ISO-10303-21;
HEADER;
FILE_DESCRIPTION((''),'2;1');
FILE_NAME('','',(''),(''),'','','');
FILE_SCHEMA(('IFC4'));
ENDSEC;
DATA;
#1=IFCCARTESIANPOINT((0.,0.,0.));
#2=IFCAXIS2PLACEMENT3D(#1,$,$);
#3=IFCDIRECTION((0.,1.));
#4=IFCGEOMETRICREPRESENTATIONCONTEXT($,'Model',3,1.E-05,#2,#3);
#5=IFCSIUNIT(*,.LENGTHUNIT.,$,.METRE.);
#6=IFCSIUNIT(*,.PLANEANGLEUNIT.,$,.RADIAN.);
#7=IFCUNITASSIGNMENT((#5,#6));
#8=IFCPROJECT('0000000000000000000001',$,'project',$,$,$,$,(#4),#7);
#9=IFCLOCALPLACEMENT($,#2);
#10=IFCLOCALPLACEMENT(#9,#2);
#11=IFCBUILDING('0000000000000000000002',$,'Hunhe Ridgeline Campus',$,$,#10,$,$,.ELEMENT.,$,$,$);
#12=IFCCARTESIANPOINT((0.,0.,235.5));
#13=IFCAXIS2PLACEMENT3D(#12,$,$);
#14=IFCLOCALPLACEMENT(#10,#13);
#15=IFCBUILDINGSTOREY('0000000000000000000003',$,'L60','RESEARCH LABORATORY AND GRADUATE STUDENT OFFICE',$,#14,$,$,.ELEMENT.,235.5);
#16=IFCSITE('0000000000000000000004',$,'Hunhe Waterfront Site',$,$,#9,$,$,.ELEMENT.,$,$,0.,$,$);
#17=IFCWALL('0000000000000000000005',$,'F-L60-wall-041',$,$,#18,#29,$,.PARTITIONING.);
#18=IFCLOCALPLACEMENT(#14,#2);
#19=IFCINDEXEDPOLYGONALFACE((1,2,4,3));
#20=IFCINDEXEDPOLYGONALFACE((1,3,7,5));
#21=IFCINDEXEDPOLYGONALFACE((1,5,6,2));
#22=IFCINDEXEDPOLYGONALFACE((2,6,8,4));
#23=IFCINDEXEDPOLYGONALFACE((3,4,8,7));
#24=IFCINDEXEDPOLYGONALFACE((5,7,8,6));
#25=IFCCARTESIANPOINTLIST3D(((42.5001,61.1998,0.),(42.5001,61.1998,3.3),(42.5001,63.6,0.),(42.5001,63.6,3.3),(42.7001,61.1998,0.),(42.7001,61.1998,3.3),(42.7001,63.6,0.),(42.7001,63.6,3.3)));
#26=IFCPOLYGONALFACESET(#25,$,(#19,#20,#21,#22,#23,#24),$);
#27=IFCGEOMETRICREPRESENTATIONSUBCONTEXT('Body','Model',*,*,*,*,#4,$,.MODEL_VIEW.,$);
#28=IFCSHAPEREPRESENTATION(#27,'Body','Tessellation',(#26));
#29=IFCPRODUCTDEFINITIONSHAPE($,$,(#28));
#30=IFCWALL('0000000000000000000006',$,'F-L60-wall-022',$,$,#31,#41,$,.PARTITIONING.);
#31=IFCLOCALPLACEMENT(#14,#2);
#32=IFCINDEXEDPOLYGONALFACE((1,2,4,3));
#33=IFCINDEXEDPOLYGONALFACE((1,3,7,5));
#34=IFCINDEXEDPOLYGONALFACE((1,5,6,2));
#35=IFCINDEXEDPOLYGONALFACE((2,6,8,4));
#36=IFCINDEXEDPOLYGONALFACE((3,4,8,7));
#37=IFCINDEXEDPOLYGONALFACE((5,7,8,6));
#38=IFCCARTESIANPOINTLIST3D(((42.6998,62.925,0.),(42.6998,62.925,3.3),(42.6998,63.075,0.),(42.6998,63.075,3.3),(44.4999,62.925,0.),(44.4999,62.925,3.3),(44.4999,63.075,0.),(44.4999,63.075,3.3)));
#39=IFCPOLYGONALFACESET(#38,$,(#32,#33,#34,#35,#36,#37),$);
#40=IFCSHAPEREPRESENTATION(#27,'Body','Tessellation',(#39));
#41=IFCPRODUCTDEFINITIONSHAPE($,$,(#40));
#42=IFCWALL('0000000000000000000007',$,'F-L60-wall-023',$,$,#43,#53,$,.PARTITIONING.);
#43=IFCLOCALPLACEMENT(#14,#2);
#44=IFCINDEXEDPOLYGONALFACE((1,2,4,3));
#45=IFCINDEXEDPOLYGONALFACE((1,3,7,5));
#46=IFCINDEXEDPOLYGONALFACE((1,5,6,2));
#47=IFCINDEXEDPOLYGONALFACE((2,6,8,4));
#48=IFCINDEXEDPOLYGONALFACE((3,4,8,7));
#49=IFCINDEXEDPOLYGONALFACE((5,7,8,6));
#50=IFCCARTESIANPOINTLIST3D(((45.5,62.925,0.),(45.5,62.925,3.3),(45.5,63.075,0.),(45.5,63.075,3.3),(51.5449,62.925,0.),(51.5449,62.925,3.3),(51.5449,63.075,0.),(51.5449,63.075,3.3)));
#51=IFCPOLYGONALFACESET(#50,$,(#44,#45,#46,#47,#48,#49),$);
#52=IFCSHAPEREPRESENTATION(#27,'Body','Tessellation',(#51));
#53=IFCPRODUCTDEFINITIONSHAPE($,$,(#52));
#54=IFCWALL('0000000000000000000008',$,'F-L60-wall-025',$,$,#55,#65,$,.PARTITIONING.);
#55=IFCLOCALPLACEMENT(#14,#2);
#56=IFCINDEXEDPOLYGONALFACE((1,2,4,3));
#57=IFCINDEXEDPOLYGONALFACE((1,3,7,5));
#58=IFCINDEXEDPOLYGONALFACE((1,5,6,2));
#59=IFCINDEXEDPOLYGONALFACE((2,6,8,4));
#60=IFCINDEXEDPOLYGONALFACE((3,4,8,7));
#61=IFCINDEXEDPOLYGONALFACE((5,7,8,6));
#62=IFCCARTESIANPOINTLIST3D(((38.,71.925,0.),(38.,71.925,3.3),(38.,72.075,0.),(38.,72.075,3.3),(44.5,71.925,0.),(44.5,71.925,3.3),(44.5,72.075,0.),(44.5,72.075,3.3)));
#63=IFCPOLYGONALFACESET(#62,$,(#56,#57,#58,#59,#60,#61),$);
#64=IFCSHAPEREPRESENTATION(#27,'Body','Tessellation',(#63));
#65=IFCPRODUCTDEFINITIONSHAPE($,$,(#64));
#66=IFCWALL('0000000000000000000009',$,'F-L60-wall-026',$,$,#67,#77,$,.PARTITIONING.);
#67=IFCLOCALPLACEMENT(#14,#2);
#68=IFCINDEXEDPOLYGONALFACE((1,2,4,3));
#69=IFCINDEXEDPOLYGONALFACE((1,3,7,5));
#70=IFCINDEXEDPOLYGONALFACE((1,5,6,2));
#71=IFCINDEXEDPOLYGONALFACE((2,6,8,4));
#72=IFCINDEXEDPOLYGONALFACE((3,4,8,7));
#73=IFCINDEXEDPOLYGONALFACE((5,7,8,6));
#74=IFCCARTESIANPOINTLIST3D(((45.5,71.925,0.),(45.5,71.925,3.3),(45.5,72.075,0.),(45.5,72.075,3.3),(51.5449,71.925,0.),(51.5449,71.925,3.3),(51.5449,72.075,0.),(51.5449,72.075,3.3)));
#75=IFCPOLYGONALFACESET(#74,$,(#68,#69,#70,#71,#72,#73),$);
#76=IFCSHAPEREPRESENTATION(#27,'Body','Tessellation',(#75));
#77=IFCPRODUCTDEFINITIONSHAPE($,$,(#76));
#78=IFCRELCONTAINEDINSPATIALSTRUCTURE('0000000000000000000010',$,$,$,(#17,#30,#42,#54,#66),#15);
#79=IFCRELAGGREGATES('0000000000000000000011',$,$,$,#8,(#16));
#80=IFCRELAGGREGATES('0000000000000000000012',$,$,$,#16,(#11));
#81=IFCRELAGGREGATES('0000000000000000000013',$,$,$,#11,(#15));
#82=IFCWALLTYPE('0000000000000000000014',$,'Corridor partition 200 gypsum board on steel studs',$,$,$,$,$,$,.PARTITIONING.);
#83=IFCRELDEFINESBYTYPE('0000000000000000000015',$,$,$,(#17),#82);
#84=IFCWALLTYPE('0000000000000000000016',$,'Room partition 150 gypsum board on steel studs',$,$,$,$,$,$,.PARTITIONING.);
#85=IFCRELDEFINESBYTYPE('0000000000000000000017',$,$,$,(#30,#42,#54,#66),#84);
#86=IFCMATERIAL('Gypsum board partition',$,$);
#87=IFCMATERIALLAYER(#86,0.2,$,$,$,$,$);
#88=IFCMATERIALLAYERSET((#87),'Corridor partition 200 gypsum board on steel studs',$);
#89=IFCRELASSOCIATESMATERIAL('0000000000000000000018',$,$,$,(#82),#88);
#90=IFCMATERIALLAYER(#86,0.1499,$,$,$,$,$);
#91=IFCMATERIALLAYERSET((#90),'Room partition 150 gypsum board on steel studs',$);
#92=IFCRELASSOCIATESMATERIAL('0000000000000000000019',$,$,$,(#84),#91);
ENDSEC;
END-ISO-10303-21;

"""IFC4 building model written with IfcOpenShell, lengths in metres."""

from ifc_helpers import new_model, si_unit, direction, frame, frame_2d, origin, place, context, subcontext, project, spatial, rectangle, extrude, material, layer, layer_set, type_object, element, save


model = new_model("IFC4")

# Units and contexts
model_context = context("Model", 3, precision=1e-05, world=origin(), true_north=direction((0.0, 1.0)))
body_context = subcontext(model_context, "Body", "Model", "MODEL_VIEW")
ifc_project = project(units=[si_unit("LENGTHUNIT", "METRE"), si_unit("PLANEANGLEUNIT", "RADIAN")], contexts=[model_context])

# Site, building, storey
site_placement = place(None, origin())
site = spatial("IfcSite", under=ifc_project, at=site_placement, Name="Hunhe Waterfront Site", CompositionType="ELEMENT", RefElevation=0.0)
building_placement = place(site_placement, origin())
building = spatial("IfcBuilding", under=site, at=building_placement, Name="Hunhe Ridgeline Campus", CompositionType="ELEMENT")
storey_placement = place(building_placement, frame((0.0, 0.0, 235.5)))
storey = spatial("IfcBuildingStorey", under=building, at=storey_placement, Name="L60", Description="RESEARCH LABORATORY AND GRADUATE STUDENT OFFICE", CompositionType="ELEMENT", Elevation=235.5)

# Walls
ifc_material_1 = material(Name="Gypsum board partition")
ifc_layer_1 = layer(ifc_material_1, 0.2)
ifc_layer_set_1 = layer_set([ifc_layer_1], Name="Corridor partition 200 gypsum board on steel studs")
wall_type_1 = type_object("IfcWallType", Name="Corridor partition 200 gypsum board on steel studs", PredefinedType="PARTITIONING", material=ifc_layer_set_1)
wall_1_placement = place(storey_placement, frame((42.6001, 63.6001, 0.0), z_axis=(0.0, 0.0, 1.0), x_axis=(0.0, -1.0, 0.0)))
element("IfcWall", 1, at=wall_1_placement, inside=storey, type_object=wall_type_1, Name="F-L60-wall-041", PredefinedType="PARTITIONING", context=body_context, shape_type="SweptSolid", body=[
    extrude(rectangle(XDim=2.4001, YDim=0.2, at=frame_2d((1.2002, 0.0))), origin(), (0.0, 0.0, 1.0), 3.3),
])
ifc_layer_2 = layer(ifc_material_1, 0.1499)
ifc_layer_set_2 = layer_set([ifc_layer_2], Name="Room partition 150 gypsum board on steel studs")
wall_type_2 = type_object("IfcWallType", Name="Room partition 150 gypsum board on steel studs", PredefinedType="PARTITIONING", material=ifc_layer_set_2)
wall_2_placement = place(storey_placement, frame((42.7, 63.0, 0.0), z_axis=(0.0, 0.0, 1.0), x_axis=(1.0, 0.0, 0.0)))
element("IfcWall", 2, at=wall_2_placement, inside=storey, type_object=wall_type_2, Name="F-L60-wall-022", PredefinedType="PARTITIONING", context=body_context, shape_type="SweptSolid", body=[
    extrude(rectangle(XDim=1.8, YDim=0.1499, at=frame_2d((0.8999, 0.0))), origin(), (0.0, 0.0, 1.0), 3.3),
])
wall_3_placement = place(storey_placement, frame((45.5, 63.0, 0.0), z_axis=(0.0, 0.0, 1.0), x_axis=(1.0, 0.0, 0.0)))
element("IfcWall", 3, at=wall_3_placement, inside=storey, type_object=wall_type_2, Name="F-L60-wall-023", PredefinedType="PARTITIONING", context=body_context, shape_type="SweptSolid", body=[
    extrude(rectangle(XDim=6.0449, YDim=0.1499, at=frame_2d((3.0225, 0.0))), origin(), (0.0, 0.0, 1.0), 3.3),
])
wall_4_placement = place(storey_placement, frame((38.0, 72.0, 0.0), z_axis=(0.0, 0.0, 1.0), x_axis=(1.0, 0.0, 0.0)))
element("IfcWall", 4, at=wall_4_placement, inside=storey, type_object=wall_type_2, Name="F-L60-wall-025", PredefinedType="PARTITIONING", context=body_context, shape_type="SweptSolid", body=[
    extrude(rectangle(XDim=6.5, YDim=0.1499, at=frame_2d((3.25, 0.0))), origin(), (0.0, 0.0, 1.0), 3.3),
])
wall_5_placement = place(storey_placement, frame((45.5, 72.0, 0.0), z_axis=(0.0, 0.0, 1.0), x_axis=(1.0, 0.0, 0.0)))
element("IfcWall", 5, at=wall_5_placement, inside=storey, type_object=wall_type_2, Name="F-L60-wall-026", PredefinedType="PARTITIONING", context=body_context, shape_type="SweptSolid", body=[
    extrude(rectangle(XDim=6.0449, YDim=0.1499, at=frame_2d((3.0225, 0.0))), origin(), (0.0, 0.0, 1.0), 3.3),
])

save(model, "model.ifc")
